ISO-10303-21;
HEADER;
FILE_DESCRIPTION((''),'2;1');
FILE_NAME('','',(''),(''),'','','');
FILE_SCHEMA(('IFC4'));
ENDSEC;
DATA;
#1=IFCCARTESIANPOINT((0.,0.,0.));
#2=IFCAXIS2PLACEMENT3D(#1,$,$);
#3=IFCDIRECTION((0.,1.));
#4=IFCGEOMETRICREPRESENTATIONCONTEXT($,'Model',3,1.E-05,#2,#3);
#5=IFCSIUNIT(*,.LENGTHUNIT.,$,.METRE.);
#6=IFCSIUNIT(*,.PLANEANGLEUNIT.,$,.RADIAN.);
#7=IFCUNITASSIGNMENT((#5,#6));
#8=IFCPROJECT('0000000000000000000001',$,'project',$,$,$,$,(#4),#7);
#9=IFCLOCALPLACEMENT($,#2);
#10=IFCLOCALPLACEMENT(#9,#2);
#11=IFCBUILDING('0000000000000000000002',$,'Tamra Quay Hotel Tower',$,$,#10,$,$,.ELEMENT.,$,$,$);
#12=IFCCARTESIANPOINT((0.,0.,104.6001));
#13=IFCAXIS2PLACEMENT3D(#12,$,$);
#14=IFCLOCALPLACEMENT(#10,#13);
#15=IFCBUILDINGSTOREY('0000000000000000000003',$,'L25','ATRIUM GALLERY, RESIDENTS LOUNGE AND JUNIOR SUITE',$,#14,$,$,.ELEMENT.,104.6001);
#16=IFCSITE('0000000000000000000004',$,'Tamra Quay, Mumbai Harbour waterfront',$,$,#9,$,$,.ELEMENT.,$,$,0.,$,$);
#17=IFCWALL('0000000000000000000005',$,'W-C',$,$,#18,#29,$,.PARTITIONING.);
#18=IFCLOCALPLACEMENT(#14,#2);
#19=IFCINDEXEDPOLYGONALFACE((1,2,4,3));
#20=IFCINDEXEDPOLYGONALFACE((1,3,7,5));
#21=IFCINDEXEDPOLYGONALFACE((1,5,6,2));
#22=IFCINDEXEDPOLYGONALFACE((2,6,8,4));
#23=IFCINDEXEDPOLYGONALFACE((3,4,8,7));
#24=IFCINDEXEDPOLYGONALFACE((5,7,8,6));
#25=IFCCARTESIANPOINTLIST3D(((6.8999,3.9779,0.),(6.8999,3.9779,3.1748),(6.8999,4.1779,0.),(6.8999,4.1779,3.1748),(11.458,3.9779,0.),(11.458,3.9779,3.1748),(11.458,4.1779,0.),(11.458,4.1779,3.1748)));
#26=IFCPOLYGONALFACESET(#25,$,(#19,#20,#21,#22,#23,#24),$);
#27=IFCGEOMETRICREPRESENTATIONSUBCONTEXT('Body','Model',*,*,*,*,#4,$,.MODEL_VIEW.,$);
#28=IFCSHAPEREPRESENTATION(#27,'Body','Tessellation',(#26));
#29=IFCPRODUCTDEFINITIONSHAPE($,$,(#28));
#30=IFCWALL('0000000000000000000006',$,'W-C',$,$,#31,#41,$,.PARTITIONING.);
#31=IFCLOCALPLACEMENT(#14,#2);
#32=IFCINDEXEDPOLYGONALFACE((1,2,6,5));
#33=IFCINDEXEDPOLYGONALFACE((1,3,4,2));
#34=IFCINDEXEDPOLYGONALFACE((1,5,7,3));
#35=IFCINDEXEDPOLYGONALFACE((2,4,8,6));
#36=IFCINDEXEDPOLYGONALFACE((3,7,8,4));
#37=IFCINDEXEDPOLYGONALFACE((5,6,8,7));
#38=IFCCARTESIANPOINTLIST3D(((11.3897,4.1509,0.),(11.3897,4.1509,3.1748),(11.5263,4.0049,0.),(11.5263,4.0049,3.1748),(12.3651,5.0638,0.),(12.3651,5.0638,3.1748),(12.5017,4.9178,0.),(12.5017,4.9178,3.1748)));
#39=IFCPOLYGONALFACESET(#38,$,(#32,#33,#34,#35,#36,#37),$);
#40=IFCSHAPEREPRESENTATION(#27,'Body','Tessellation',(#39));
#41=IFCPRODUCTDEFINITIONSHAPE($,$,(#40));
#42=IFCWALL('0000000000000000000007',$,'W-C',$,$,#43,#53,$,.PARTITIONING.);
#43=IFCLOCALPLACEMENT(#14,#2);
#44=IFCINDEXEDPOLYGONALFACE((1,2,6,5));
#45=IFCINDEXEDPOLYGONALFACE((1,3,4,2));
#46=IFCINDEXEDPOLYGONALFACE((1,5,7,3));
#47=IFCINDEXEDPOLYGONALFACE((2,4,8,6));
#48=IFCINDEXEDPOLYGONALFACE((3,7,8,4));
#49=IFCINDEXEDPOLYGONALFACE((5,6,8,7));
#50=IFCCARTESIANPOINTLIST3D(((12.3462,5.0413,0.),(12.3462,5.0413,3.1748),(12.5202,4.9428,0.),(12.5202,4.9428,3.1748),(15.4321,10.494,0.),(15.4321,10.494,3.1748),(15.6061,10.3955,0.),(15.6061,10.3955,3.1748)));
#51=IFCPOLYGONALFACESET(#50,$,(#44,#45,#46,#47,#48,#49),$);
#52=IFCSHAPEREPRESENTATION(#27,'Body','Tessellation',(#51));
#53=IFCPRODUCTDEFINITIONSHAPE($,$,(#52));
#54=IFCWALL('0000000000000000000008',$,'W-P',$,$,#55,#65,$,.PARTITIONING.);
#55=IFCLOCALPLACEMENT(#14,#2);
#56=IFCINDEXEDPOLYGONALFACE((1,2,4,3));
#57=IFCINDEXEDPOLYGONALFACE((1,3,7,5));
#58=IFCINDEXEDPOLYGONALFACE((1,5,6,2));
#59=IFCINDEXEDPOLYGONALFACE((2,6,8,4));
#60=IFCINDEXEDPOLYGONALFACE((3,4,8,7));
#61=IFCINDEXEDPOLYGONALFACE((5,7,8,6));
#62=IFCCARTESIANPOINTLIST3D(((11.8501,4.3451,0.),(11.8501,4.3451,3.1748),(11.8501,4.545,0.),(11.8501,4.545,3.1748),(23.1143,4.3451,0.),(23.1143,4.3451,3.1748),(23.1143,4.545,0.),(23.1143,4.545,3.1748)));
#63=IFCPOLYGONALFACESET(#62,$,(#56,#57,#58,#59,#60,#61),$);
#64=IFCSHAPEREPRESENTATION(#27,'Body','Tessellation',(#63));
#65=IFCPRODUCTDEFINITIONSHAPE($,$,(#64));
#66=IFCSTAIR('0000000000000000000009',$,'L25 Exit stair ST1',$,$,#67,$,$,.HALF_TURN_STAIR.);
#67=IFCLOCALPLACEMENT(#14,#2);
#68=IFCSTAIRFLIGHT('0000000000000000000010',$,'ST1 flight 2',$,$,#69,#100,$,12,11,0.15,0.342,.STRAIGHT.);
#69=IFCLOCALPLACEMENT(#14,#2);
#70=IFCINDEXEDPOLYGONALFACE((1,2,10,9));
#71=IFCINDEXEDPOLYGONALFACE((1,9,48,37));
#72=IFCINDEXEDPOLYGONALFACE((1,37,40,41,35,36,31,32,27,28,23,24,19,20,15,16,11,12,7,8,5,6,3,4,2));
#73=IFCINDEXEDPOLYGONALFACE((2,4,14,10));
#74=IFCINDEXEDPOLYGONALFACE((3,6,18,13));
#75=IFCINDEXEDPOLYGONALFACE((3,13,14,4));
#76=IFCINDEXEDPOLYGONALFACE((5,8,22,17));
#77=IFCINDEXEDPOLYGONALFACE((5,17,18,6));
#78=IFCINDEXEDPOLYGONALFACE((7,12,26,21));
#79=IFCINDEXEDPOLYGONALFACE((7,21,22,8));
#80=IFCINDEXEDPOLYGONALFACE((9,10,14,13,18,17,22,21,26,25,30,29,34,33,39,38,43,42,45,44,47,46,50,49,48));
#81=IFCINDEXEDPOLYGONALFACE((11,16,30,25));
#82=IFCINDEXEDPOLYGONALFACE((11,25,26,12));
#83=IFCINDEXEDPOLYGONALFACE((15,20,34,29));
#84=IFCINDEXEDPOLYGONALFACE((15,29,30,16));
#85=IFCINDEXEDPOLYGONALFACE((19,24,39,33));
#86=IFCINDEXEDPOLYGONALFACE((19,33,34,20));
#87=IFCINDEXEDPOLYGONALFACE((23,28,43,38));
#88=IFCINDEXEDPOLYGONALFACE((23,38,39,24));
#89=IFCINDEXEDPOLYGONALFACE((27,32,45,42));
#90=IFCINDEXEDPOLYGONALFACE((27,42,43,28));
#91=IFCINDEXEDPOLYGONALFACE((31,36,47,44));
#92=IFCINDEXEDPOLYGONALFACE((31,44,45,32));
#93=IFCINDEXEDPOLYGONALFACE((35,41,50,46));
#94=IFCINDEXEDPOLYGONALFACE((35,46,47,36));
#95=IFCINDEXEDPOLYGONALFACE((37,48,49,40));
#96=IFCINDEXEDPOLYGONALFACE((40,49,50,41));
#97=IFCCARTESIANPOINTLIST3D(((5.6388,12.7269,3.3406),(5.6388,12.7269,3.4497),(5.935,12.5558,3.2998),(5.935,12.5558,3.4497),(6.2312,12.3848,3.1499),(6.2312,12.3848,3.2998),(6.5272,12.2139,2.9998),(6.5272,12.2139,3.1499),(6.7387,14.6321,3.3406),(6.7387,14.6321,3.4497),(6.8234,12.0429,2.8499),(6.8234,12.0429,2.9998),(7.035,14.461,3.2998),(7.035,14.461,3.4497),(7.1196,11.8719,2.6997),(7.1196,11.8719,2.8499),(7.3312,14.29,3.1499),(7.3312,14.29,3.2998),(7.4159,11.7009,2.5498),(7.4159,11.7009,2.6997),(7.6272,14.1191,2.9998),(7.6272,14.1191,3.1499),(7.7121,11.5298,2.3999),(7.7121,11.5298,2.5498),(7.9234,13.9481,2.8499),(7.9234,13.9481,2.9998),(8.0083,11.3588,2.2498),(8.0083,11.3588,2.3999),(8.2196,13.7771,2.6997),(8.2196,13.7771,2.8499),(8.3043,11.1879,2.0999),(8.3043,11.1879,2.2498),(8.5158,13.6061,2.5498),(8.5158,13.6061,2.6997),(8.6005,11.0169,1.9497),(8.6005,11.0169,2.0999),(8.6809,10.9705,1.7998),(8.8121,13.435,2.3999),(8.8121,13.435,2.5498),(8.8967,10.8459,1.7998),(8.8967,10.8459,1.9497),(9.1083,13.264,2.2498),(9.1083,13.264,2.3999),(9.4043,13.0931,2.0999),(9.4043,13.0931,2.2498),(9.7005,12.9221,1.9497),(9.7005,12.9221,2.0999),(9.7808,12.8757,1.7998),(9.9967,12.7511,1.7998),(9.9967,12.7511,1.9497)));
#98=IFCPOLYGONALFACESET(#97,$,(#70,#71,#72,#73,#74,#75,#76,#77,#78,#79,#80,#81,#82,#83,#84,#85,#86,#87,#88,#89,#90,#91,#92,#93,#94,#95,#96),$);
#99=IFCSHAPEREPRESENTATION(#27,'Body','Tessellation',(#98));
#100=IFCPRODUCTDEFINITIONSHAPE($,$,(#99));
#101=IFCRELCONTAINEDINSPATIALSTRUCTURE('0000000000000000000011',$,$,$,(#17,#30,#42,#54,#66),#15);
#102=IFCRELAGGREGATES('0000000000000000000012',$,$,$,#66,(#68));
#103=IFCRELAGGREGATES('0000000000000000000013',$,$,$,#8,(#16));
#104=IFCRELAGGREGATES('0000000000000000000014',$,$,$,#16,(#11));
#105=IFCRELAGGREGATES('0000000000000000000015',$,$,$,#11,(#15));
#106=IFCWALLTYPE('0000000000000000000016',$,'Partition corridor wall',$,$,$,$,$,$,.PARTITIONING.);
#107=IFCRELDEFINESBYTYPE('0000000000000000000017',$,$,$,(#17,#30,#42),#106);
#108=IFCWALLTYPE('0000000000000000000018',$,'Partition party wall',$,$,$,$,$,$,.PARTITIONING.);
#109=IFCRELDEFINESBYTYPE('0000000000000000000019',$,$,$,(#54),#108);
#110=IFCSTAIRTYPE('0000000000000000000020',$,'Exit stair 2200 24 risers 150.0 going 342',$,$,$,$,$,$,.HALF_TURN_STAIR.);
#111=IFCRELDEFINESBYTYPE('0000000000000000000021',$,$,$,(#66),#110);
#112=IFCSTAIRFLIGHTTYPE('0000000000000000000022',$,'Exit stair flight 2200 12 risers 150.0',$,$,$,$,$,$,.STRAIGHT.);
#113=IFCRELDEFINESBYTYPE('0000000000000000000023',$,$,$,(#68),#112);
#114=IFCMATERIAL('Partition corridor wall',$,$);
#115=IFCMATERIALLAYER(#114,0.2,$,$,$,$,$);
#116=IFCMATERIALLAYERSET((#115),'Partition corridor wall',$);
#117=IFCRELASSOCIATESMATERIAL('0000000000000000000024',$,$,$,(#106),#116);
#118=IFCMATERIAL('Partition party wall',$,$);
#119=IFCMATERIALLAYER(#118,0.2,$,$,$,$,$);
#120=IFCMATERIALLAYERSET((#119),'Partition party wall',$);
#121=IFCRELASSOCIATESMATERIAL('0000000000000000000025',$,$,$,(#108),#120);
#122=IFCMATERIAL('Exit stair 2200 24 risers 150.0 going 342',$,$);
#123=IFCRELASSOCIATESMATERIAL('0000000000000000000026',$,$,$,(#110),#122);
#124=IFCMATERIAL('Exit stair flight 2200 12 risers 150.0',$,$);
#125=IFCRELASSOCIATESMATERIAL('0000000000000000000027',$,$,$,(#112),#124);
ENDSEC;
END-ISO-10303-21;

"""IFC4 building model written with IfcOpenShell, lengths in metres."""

from ifc_helpers import new_model, si_unit, direction, frame, frame_2d, origin, place, context, subcontext, project, spatial, polyline, rectangle, outline, extrude, material, layer, layer_set, type_object, element, aggregate, save


model = new_model("IFC4")

# Units and contexts
model_context = context("Model", 3, precision=1e-05, world=origin(), true_north=direction((0.0, 1.0)))
body_context = subcontext(model_context, "Body", "Model", "MODEL_VIEW")
ifc_project = project(units=[si_unit("LENGTHUNIT", "METRE"), si_unit("PLANEANGLEUNIT", "RADIAN")], contexts=[model_context])

# Site, building, storey
site_placement = place(None, origin())
site = spatial("IfcSite", under=ifc_project, at=site_placement, Name="Tamra Quay, Mumbai Harbour waterfront", CompositionType="ELEMENT", RefElevation=0.0)
building_placement = place(site_placement, origin())
building = spatial("IfcBuilding", under=site, at=building_placement, Name="Tamra Quay Hotel Tower", CompositionType="ELEMENT")
storey_placement = place(building_placement, frame((0.0, 0.0, 104.6001)))
storey = spatial("IfcBuildingStorey", under=building, at=storey_placement, Name="L25", Description="ATRIUM GALLERY, RESIDENTS LOUNGE AND JUNIOR SUITE", CompositionType="ELEMENT", Elevation=104.6001)

# Walls
ifc_material_1 = material(Name="Partition corridor wall")
ifc_layer_1 = layer(ifc_material_1, 0.2)
ifc_layer_set_1 = layer_set([ifc_layer_1], Name="Partition corridor wall")
wall_type_1 = type_object("IfcWallType", Name="Partition corridor wall", PredefinedType="PARTITIONING", material=ifc_layer_set_1)
wall_1_placement = place(storey_placement, frame((6.8999, 4.0779, 0.0), z_axis=(0.0, 0.0, 1.0), x_axis=(1.0, 0.0, 0.0)))
element("IfcWall", 1, at=wall_1_placement, inside=storey, type_object=wall_type_1, Name="W-C", PredefinedType="PARTITIONING", context=body_context, shape_type="SweptSolid", body=[
    extrude(rectangle(XDim=4.5581, YDim=0.2, at=frame_2d((2.2791, 0.0))), origin(), (0.0, 0.0, 1.0), 3.1748),
])
wall_2_placement = place(storey_placement, frame((11.458, 4.0779, 0.0), z_axis=(0.0, 0.0, 1.0), x_axis=(0.730113, 0.683327, 0.0)))
element("IfcWall", 2, at=wall_2_placement, inside=storey, type_object=wall_type_1, Name="W-C", PredefinedType="PARTITIONING", context=body_context, shape_type="SweptSolid", body=[
    extrude(rectangle(XDim=1.3359, YDim=0.2, at=frame_2d((0.668, 0.0))), origin(), (0.0, 0.0, 1.0), 3.1748),
])
wall_3_placement = place(storey_placement, frame((12.4331, 4.9919, 0.0), z_axis=(0.0, 0.0, 1.0), x_axis=(0.492543, 0.870288, 0.0)))
element("IfcWall", 3, at=wall_3_placement, inside=storey, type_object=wall_type_1, Name="W-C", PredefinedType="PARTITIONING", context=body_context, shape_type="SweptSolid", body=[
    extrude(rectangle(XDim=6.2654, YDim=0.2, at=frame_2d((3.1328, 0.0))), origin(), (0.0, 0.0, 1.0), 3.1748),
])
ifc_material_2 = material(Name="Partition party wall")
ifc_layer_2 = layer(ifc_material_2, 0.2)
ifc_layer_set_2 = layer_set([ifc_layer_2], Name="Partition party wall")
wall_type_2 = type_object("IfcWallType", Name="Partition party wall", PredefinedType="PARTITIONING", material=ifc_layer_set_2)
wall_4_placement = place(storey_placement, frame((11.8501, 4.4451, 0.0), z_axis=(0.0, 0.0, 1.0), x_axis=(1.0, 0.0, 0.0)))
element("IfcWall", 4, at=wall_4_placement, inside=storey, type_object=wall_type_2, Name="W-P", PredefinedType="PARTITIONING", context=body_context, shape_type="SweptSolid", body=[
    extrude(rectangle(XDim=11.2642, YDim=0.2, at=frame_2d((5.6321, 0.0))), origin(), (0.0, 0.0, 1.0), 3.1748),
])

# Stair, stair flight
ifc_material_3 = material(Name="Exit stair 2200 24 risers 150.0 going 342")
stair_type = type_object("IfcStairType", Name="Exit stair 2200 24 risers 150.0 going 342", PredefinedType="HALF_TURN_STAIR", material=ifc_material_3)
stair_placement = place(storey_placement, origin())
stair = element("IfcStair", 5, at=stair_placement, inside=storey, type_object=stair_type, Name="L25 Exit stair ST1", PredefinedType="HALF_TURN_STAIR")
ifc_material_4 = material(Name="Exit stair flight 2200 12 risers 150.0")
stair_flight_type = type_object("IfcStairFlightType", Name="Exit stair flight 2200 12 risers 150.0", PredefinedType="STRAIGHT", material=ifc_material_4)
stair_flight_placement = place(storey_placement, frame((9.4468, 11.7986, 1.7998), z_axis=(0.0, 0.0, 1.0), x_axis=(-0.866025, 0.5, 0.0)))
stair_flight = element("IfcStairFlight", 6, at=stair_flight_placement, type_object=stair_flight_type, Name="ST1 flight 2", NumberOfRisers=12, NumberOfTreads=11, PredefinedType="STRAIGHT", RiserHeight=0.15, TreadLength=0.342, context=body_context, shape_type="SweptSolid", body=[
    extrude(outline(polyline([(0.0, 0.0), (0.0, 0.1499), (0.342, 0.1499), (0.342, 0.3), (0.6841, 0.3), (0.6841, 0.45), (1.0259, 0.45), (1.0259, 0.6001), (1.3679, 0.6001), (1.3679, 0.75), (1.71, 0.75), (1.71, 0.8999), (2.052, 0.8999), (2.052, 1.05), (2.394, 1.05), (2.394, 1.2), (2.7361, 1.2), (2.7361, 1.3501), (3.0779, 1.3501), (3.0779, 1.5), (3.4199, 1.5), (3.4199, 1.6499), (3.762, 1.6499), (3.762, 1.8), (3.762, 1.5408), (0.2493, 0.0), (0.0, 0.0)])), frame((0.0, 1.1001, 0.0), z_axis=(0.0, -1.0, 0.0), x_axis=(1.0, 0.0, 0.0)), (0.0, 0.0, 1.0), 2.2),
])
aggregate(stair, [stair_flight])

save(model, "model.ifc")
